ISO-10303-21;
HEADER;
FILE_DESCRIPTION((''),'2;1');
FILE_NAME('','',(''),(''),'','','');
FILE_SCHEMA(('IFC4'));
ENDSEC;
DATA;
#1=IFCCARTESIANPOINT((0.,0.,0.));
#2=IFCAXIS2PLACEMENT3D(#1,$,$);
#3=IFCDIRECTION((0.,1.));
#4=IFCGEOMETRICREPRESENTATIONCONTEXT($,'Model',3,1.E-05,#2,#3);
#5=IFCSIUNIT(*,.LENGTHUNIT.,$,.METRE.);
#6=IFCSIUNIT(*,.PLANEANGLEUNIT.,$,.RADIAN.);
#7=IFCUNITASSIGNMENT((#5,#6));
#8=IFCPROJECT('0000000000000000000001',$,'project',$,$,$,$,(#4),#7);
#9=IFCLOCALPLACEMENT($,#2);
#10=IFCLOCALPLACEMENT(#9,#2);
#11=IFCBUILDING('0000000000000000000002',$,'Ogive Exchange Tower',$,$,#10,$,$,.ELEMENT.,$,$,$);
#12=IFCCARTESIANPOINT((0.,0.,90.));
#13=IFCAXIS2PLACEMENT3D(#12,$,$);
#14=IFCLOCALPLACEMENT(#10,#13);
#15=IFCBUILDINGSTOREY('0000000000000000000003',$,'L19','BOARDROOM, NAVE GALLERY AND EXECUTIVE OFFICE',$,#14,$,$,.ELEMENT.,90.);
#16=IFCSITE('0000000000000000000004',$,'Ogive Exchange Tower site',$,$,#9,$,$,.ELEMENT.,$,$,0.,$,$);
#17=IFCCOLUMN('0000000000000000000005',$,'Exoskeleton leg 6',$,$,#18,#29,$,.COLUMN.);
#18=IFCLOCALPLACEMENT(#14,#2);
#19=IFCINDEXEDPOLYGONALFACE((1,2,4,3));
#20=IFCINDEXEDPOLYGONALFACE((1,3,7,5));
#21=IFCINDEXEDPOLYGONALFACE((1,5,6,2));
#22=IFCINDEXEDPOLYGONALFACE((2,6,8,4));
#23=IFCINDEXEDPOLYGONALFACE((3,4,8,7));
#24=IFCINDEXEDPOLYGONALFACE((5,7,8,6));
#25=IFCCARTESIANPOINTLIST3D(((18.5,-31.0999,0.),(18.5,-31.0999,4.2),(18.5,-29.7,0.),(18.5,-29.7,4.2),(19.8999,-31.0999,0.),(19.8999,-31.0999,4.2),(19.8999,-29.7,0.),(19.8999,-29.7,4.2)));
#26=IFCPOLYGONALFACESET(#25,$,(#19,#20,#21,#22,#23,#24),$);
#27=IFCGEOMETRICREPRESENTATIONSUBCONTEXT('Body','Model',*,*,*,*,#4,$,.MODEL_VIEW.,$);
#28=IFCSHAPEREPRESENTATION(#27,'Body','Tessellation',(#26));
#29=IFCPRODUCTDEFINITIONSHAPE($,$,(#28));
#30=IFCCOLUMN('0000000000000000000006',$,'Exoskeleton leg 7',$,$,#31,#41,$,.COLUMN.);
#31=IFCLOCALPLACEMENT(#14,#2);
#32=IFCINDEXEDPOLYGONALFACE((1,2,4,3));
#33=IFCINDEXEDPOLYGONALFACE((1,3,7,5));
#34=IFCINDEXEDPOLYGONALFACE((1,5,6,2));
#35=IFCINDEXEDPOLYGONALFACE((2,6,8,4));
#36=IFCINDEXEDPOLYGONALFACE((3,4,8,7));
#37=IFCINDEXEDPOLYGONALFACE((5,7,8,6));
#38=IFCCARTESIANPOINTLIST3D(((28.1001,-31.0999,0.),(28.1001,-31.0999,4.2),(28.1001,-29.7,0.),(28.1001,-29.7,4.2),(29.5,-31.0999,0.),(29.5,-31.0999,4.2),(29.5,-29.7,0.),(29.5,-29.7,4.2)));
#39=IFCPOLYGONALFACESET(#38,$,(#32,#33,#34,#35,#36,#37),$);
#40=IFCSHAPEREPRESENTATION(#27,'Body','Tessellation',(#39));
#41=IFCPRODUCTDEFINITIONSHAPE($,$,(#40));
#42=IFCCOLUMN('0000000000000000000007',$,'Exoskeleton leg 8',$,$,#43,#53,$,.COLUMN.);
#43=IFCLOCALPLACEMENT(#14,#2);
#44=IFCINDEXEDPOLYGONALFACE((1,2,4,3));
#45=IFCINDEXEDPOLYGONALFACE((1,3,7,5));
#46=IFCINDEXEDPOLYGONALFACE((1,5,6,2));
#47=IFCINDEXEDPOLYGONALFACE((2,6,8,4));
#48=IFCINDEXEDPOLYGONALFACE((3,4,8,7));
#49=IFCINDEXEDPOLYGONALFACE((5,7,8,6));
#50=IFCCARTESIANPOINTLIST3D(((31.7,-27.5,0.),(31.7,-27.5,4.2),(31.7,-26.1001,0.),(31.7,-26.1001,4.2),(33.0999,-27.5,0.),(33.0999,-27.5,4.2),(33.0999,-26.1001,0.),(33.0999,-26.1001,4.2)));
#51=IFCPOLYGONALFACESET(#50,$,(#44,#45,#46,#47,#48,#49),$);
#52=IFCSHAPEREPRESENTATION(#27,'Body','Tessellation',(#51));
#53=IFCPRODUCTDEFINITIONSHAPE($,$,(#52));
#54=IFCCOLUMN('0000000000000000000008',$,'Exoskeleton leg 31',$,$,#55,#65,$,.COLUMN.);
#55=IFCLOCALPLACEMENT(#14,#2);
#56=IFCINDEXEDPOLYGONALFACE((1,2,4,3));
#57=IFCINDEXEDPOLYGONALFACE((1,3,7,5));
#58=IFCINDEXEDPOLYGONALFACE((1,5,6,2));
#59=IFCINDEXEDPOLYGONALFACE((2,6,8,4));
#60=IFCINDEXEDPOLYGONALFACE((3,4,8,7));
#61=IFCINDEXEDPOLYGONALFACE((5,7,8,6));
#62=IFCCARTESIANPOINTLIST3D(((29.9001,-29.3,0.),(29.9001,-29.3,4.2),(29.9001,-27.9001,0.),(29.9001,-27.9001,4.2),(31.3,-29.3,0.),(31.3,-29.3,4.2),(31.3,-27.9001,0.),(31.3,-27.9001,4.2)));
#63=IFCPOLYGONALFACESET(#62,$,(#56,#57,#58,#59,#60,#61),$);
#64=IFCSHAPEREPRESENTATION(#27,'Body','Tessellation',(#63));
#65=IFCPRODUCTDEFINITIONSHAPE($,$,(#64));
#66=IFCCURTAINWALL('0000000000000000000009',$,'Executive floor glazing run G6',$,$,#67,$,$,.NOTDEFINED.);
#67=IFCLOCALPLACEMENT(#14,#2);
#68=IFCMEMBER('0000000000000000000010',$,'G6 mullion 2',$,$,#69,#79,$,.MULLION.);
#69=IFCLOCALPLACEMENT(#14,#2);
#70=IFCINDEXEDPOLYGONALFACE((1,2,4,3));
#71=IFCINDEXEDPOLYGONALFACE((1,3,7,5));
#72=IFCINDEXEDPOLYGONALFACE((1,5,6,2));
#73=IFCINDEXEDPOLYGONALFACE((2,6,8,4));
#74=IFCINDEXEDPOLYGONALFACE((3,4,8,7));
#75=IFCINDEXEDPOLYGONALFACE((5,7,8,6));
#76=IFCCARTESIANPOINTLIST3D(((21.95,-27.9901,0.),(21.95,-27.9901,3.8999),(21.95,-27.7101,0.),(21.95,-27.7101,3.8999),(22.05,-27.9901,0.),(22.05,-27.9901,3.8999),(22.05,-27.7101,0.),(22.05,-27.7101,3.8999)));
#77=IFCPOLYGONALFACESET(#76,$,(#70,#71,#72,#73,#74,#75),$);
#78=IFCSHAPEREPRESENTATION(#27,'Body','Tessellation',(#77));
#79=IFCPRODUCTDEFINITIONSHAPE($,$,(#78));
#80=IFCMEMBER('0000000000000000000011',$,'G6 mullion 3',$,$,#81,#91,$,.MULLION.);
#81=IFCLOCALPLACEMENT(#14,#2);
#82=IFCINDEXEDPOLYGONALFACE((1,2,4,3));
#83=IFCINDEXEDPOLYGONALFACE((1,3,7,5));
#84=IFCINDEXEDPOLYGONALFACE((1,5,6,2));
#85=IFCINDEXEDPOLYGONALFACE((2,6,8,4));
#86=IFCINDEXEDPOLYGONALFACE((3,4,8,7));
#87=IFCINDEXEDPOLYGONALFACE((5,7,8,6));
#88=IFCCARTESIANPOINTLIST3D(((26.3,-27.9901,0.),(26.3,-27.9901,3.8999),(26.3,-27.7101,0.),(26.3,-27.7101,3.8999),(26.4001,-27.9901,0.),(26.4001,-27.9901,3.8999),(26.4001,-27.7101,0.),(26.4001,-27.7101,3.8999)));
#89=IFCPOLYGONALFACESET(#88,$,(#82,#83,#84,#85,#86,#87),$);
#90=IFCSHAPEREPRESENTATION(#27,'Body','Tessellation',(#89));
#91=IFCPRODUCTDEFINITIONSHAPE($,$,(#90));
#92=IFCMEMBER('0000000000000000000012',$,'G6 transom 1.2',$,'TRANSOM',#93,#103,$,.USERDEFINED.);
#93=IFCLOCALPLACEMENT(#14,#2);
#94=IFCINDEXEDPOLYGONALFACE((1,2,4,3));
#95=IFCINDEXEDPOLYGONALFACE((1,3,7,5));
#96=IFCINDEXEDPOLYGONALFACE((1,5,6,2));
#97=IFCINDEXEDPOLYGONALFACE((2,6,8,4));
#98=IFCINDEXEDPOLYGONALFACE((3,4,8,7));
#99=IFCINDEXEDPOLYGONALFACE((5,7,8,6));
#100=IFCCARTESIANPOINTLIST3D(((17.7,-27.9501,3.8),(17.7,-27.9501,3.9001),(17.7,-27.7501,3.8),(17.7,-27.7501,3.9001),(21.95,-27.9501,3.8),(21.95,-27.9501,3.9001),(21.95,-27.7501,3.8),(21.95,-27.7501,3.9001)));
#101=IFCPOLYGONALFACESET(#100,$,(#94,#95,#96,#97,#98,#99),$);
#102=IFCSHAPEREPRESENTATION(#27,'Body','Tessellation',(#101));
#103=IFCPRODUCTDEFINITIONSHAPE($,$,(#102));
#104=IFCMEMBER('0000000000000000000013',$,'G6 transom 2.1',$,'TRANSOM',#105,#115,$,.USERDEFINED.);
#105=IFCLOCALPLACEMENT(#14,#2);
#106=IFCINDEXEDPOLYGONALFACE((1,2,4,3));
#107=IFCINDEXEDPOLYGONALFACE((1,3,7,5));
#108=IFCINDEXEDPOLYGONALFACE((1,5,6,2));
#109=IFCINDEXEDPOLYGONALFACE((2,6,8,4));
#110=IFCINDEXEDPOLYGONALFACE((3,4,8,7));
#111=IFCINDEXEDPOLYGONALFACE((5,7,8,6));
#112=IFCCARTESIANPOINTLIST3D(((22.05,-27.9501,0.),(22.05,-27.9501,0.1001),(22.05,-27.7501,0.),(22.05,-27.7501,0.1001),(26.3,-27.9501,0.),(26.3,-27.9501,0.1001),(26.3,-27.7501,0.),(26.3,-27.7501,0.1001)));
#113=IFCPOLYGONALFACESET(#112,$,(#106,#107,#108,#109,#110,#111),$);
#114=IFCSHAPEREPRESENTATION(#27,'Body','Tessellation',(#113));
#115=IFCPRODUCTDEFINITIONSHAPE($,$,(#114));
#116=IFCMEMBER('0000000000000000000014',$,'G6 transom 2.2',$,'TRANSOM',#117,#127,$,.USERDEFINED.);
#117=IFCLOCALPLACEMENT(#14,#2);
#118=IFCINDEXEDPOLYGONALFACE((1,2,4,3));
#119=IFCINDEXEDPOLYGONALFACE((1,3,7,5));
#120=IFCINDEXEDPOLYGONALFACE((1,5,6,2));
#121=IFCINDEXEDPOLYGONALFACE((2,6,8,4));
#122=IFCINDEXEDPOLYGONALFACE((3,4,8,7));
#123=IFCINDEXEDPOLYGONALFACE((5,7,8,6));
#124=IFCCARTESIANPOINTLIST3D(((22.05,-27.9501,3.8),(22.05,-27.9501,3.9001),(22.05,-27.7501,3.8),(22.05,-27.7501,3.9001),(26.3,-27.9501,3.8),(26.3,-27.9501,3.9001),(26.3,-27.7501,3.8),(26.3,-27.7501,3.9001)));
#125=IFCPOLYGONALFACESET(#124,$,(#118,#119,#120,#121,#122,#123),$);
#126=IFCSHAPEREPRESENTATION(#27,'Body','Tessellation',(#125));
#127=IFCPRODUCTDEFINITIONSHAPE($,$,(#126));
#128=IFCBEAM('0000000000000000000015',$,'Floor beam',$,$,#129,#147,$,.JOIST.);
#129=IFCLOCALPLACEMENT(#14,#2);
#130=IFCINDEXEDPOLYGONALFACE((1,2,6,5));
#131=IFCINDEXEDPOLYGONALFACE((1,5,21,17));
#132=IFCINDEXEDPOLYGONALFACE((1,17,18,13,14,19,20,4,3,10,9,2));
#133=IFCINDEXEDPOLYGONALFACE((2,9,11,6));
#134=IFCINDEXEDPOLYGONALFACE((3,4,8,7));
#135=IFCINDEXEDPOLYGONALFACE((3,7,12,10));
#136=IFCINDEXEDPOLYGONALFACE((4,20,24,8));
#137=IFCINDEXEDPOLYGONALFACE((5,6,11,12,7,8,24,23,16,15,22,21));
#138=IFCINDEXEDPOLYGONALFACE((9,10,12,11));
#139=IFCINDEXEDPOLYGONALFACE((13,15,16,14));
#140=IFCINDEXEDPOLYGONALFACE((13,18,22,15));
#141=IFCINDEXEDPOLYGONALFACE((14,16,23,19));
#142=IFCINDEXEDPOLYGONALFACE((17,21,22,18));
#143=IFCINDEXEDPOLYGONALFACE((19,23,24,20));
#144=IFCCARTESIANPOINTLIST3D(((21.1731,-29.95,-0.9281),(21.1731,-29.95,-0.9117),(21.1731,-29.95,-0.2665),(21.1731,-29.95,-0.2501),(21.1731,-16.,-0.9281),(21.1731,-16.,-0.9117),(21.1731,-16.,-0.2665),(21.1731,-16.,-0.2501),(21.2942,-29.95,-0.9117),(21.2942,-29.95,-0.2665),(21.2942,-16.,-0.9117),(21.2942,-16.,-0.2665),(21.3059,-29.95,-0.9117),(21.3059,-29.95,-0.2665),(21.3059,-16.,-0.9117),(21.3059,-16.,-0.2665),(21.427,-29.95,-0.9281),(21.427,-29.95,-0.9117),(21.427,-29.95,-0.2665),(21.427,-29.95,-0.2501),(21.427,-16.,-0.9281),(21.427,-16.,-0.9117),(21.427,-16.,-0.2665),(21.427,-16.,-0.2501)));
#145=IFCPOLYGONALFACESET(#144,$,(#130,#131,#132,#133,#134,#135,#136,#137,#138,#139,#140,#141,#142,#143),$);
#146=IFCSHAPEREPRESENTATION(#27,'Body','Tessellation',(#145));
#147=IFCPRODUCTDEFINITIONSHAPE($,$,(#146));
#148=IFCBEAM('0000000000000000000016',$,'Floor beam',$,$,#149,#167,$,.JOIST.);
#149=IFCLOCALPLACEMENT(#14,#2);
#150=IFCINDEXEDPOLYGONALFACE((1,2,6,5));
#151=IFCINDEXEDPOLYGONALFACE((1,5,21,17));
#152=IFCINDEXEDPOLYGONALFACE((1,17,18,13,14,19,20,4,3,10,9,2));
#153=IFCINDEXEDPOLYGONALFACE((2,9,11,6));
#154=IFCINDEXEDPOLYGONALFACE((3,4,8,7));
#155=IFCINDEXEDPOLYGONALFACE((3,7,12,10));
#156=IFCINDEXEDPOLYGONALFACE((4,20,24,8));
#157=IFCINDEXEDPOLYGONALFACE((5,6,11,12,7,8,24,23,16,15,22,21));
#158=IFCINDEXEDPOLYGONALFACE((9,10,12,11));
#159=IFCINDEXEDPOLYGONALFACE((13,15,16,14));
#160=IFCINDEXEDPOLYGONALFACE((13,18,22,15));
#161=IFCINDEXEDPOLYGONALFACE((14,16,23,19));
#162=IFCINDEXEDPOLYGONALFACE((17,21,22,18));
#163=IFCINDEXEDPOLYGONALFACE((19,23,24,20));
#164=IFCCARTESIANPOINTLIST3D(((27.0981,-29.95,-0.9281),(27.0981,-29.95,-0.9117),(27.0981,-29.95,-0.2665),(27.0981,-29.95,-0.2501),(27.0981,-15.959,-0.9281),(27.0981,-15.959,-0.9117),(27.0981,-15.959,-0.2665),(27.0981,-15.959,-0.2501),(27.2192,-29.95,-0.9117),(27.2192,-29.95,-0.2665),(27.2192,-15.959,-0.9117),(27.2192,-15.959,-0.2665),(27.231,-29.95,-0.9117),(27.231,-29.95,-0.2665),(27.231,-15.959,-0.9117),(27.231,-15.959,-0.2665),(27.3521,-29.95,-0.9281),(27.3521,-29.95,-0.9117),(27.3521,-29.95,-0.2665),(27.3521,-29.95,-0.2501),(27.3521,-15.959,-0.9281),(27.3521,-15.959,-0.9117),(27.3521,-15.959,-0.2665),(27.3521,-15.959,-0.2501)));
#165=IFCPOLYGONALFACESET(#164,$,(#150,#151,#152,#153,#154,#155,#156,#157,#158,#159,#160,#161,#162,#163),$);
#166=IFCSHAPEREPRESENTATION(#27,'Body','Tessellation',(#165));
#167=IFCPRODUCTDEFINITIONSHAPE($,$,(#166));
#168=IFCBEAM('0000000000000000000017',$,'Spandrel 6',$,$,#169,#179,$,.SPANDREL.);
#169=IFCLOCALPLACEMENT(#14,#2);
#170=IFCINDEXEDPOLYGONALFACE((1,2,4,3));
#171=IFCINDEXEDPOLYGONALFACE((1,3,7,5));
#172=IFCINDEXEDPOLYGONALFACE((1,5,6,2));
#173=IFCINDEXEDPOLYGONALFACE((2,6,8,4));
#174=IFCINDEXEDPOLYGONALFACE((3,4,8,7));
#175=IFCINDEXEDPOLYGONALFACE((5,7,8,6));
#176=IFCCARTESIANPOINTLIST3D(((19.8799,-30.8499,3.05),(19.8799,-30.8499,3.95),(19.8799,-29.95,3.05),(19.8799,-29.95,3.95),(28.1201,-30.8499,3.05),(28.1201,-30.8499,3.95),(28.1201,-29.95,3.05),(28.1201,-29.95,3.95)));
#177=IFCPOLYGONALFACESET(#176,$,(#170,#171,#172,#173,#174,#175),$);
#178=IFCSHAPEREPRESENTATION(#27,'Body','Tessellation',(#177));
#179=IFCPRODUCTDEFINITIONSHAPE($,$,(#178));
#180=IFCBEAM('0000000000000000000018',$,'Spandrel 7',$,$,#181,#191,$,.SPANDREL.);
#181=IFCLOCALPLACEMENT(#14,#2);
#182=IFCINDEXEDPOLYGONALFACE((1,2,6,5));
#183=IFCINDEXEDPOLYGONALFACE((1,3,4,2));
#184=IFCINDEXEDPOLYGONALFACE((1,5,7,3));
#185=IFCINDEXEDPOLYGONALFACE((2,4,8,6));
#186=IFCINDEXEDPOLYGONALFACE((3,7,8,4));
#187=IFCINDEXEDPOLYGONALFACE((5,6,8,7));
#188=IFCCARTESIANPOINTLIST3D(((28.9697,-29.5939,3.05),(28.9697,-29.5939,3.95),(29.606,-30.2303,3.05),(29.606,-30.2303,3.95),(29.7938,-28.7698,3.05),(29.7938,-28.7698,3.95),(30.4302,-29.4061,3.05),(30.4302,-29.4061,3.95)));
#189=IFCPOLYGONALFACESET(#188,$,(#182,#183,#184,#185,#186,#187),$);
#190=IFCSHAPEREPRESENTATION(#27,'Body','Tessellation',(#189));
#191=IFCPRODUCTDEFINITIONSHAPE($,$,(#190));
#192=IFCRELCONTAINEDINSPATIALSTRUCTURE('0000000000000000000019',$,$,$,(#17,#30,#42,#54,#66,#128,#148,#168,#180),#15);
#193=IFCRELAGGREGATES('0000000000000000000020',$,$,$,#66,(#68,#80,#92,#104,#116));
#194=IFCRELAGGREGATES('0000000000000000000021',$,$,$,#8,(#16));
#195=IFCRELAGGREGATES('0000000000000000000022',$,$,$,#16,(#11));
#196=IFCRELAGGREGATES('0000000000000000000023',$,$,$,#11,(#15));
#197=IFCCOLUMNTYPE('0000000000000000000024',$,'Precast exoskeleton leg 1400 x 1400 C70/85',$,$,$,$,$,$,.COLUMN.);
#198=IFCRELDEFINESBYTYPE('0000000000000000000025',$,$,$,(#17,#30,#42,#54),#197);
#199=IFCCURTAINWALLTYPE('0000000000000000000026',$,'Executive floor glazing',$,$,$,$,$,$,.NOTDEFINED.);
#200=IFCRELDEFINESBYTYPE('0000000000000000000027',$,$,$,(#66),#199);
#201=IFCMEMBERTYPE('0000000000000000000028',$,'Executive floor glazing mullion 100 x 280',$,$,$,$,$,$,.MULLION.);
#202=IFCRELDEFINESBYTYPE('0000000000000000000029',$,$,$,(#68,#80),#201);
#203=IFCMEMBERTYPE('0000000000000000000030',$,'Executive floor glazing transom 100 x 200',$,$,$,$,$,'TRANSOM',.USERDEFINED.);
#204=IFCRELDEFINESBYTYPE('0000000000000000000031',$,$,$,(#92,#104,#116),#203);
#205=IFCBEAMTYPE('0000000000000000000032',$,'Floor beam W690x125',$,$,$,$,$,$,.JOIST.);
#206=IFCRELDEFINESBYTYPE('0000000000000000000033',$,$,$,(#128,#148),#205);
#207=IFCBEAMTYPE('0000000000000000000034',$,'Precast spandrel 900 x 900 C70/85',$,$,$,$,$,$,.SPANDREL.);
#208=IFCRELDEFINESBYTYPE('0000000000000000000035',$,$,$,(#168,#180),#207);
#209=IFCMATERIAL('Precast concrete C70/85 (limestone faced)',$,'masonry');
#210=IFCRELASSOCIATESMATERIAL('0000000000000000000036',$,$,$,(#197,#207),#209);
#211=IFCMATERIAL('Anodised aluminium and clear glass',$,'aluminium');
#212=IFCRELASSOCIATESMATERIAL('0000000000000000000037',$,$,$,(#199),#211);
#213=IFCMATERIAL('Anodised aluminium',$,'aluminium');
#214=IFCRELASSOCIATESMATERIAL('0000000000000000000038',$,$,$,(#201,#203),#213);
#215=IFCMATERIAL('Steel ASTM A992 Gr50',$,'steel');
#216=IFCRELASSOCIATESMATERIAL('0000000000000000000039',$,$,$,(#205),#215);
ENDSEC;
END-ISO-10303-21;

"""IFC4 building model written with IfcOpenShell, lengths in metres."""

from ifc_helpers import new_model, si_unit, direction, frame, origin, origin_2d, place, context, subcontext, project, spatial, rectangle, i_section, extrude, material, material_profile, profile_set, type_object, element, aggregate, save


model = new_model("IFC4")

# Units and contexts
model_context = context("Model", 3, precision=1e-05, world=origin(), true_north=direction((0.0, 1.0)))
body_context = subcontext(model_context, "Body", "Model", "MODEL_VIEW")
ifc_project = project(units=[si_unit("LENGTHUNIT", "METRE"), si_unit("PLANEANGLEUNIT", "RADIAN")], contexts=[model_context])

# Site, building, storey
site_placement = place(None, origin())
site = spatial("IfcSite", under=ifc_project, at=site_placement, Name="Ogive Exchange Tower site", CompositionType="ELEMENT", RefElevation=0.0)
building_placement = place(site_placement, origin())
building = spatial("IfcBuilding", under=site, at=building_placement, Name="Ogive Exchange Tower", CompositionType="ELEMENT")
storey_placement = place(building_placement, frame((0.0, 0.0, 90.0)))
storey = spatial("IfcBuildingStorey", under=building, at=storey_placement, Name="L19", Description="BOARDROOM, NAVE GALLERY AND EXECUTIVE OFFICE", CompositionType="ELEMENT", Elevation=90.0)

# Columns
ifc_material_1 = material(Name="Precast concrete C70/85 (limestone faced)", Category="masonry")
ifc_material_profile_1 = material_profile(ifc_material_1, rectangle(XDim=1.3999, YDim=1.3999, at=origin_2d()), Name="1400 x 1400")
ifc_profile_set_1 = profile_set([ifc_material_profile_1], Name="Precast concrete C70/85 (limestone faced)")
column_type = type_object("IfcColumnType", Name="Precast exoskeleton leg 1400 x 1400 C70/85", PredefinedType="COLUMN", material=ifc_profile_set_1)
for number, where, z_axis, x_axis, name in (
    (1, (19.2, -30.3999, 0.0), (0.0, 0.0, 1.0), (1.0, 0.0, 0.0), "Exoskeleton leg 6"),
    (2, (28.8, -30.3999, 0.0), (0.0, 0.0, 1.0), (1.0, 0.0, 0.0), "Exoskeleton leg 7"),
    (3, (32.3999, -26.8, 0.0), (0.0, 0.0, 1.0), (1.0, 0.0, 0.0), "Exoskeleton leg 8"),
    (4, (30.6001, -28.6001, 0.0), (0.0, 0.0, 1.0), (1.0, 0.0, 0.0), "Exoskeleton leg 31"),
):
    element("IfcColumn", number, at=place(storey_placement, frame(where, z_axis=z_axis, x_axis=x_axis)), inside=storey, type_object=column_type, Name=name, PredefinedType="COLUMN", context=body_context, shape_type="SweptSolid", body=[
        extrude(rectangle(XDim=1.3999, YDim=1.3999, at=origin_2d()), origin(), (0.0, 0.0, 1.0), 4.2),
    ])

# Curtain wall, members
ifc_material_2 = material(Name="Anodised aluminium and clear glass", Category="aluminium")
curtain_wall_type = type_object("IfcCurtainWallType", Name="Executive floor glazing", PredefinedType="NOTDEFINED", material=ifc_material_2)
curtain_wall_placement = place(storey_placement, origin())
curtain_wall = element("IfcCurtainWall", 5, at=curtain_wall_placement, inside=storey, type_object=curtain_wall_type, Name="Executive floor glazing run G6", PredefinedType="NOTDEFINED")
ifc_material_3 = material(Name="Anodised aluminium", Category="aluminium")
ifc_material_profile_2 = material_profile(ifc_material_3, rectangle(XDim=0.28, YDim=0.1001, at=origin_2d()), Name="AL 100x280")
ifc_profile_set_2 = profile_set([ifc_material_profile_2], Name="Anodised aluminium")
member_type_1 = type_object("IfcMemberType", Name="Executive floor glazing mullion 100 x 280", PredefinedType="MULLION", material=ifc_profile_set_2)
member_1_placement = place(storey_placement, frame((22.0, -27.8501, 0.0), z_axis=(0.0, 0.0, 1.0), x_axis=(0.0, 1.0, 0.0)))
member_1 = element("IfcMember", 6, at=member_1_placement, type_object=member_type_1, Name="G6 mullion 2", PredefinedType="MULLION", context=body_context, shape_type="SweptSolid", body=[
    extrude(rectangle(XDim=0.28, YDim=0.1001, at=origin_2d()), origin(), (0.0, 0.0, 1.0), 3.8999),
])
member_2_placement = place(storey_placement, frame((26.3501, -27.8501, 0.0), z_axis=(0.0, 0.0, 1.0), x_axis=(0.0, 1.0, 0.0)))
member_2 = element("IfcMember", 7, at=member_2_placement, type_object=member_type_1, Name="G6 mullion 3", PredefinedType="MULLION", context=body_context, shape_type="SweptSolid", body=[
    extrude(rectangle(XDim=0.28, YDim=0.1001, at=origin_2d()), origin(), (0.0, 0.0, 1.0), 3.8999),
])
ifc_material_profile_3 = material_profile(ifc_material_3, rectangle(XDim=0.2, YDim=0.1001, at=origin_2d()), Name="AL 100x200")
ifc_profile_set_3 = profile_set([ifc_material_profile_3], Name="Anodised aluminium")
member_type_2 = type_object("IfcMemberType", Name="Executive floor glazing transom 100 x 200", ElementType="TRANSOM", PredefinedType="USERDEFINED", material=ifc_profile_set_3)
member_3_placement = place(storey_placement, frame((17.7, -27.8501, 3.8501), z_axis=(1.0, 0.0, 0.0), x_axis=(0.0, 1.0, 0.0)))
member_3 = element("IfcMember", 8, at=member_3_placement, type_object=member_type_2, Name="G6 transom 1.2", ObjectType="TRANSOM", PredefinedType="USERDEFINED", context=body_context, shape_type="SweptSolid", body=[
    extrude(rectangle(XDim=0.2, YDim=0.1001, at=origin_2d()), origin(), (0.0, 0.0, 1.0), 4.25),
])
member_4_placement = place(storey_placement, frame((22.05, -27.8501, 0.05), z_axis=(1.0, 0.0, 0.0), x_axis=(0.0, 1.0, 0.0)))
member_4 = element("IfcMember", 9, at=member_4_placement, type_object=member_type_2, Name="G6 transom 2.1", ObjectType="TRANSOM", PredefinedType="USERDEFINED", context=body_context, shape_type="SweptSolid", body=[
    extrude(rectangle(XDim=0.2, YDim=0.1001, at=origin_2d()), origin(), (0.0, 0.0, 1.0), 4.25),
])
member_5_placement = place(storey_placement, frame((22.05, -27.8501, 3.8501), z_axis=(1.0, 0.0, 0.0), x_axis=(0.0, 1.0, 0.0)))
member_5 = element("IfcMember", 10, at=member_5_placement, type_object=member_type_2, Name="G6 transom 2.2", ObjectType="TRANSOM", PredefinedType="USERDEFINED", context=body_context, shape_type="SweptSolid", body=[
    extrude(rectangle(XDim=0.2, YDim=0.1001, at=origin_2d()), origin(), (0.0, 0.0, 1.0), 4.25),
])

# Beams
ifc_material_4 = material(Name="Steel ASTM A992 Gr50", Category="steel")
ifc_material_profile_4 = material_profile(ifc_material_4, i_section(OverallWidth=0.2539, OverallDepth=0.678, WebThickness=0.0117, FlangeThickness=0.0164, at=origin_2d()), Name="W690x125")
ifc_profile_set_4 = profile_set([ifc_material_profile_4], Name="Steel ASTM A992 Gr50")
beam_type_1 = type_object("IfcBeamType", Name="Floor beam W690x125", PredefinedType="JOIST", material=ifc_profile_set_4)
beam_1_placement = place(storey_placement, frame((21.3, -29.95, -0.5891), z_axis=(0.0, 1.0, 0.0), x_axis=(-1.0, 0.0, 0.0)))
element("IfcBeam", 11, at=beam_1_placement, inside=storey, type_object=beam_type_1, Name="Floor beam", PredefinedType="JOIST", context=body_context, shape_type="SweptSolid", body=[
    extrude(i_section(OverallWidth=0.2539, OverallDepth=0.678, WebThickness=0.0117, FlangeThickness=0.0164, at=origin_2d()), origin(), (0.0, 0.0, 1.0), 13.95),
])
beam_2_placement = place(storey_placement, frame((27.2251, -29.95, -0.5891), z_axis=(0.0, 1.0, 0.0), x_axis=(-1.0, 0.0, 0.0)))
element("IfcBeam", 12, at=beam_2_placement, inside=storey, type_object=beam_type_1, Name="Floor beam", PredefinedType="JOIST", context=body_context, shape_type="SweptSolid", body=[
    extrude(i_section(OverallWidth=0.2539, OverallDepth=0.678, WebThickness=0.0117, FlangeThickness=0.0164, at=origin_2d()), origin(), (0.0, 0.0, 1.0), 13.991),
])
ifc_material_profile_5 = material_profile(ifc_material_1, rectangle(XDim=0.8999, YDim=0.8999, at=origin_2d()), Name="900 x 900")
ifc_profile_set_5 = profile_set([ifc_material_profile_5], Name="Precast concrete C70/85 (limestone faced)")
beam_type_2 = type_object("IfcBeamType", Name="Precast spandrel 900 x 900 C70/85", PredefinedType="SPANDREL", material=ifc_profile_set_5)
beam_3_placement = place(storey_placement, frame((19.8799, -30.3999, 3.5), z_axis=(1.0, 0.0, 0.0), x_axis=(0.0, 1.0, 0.0)))
element("IfcBeam", 13, at=beam_3_placement, inside=storey, type_object=beam_type_2, Name="Spandrel 6", PredefinedType="SPANDREL", context=body_context, shape_type="SweptSolid", body=[
    extrude(rectangle(XDim=0.8999, YDim=0.8999, at=origin_2d()), origin(), (0.0, 0.0, 1.0), 8.2402),
])
for number, where, z_axis, x_axis, name in (
    (14, (29.2878, -29.9121, 3.5), (0.707107, 0.707107, 0.0), (-0.707107, 0.707107, 0.0), "Spandrel 7"),
):
    element("IfcBeam", number, at=place(storey_placement, frame(where, z_axis=z_axis, x_axis=x_axis)), inside=storey, type_object=beam_type_2, Name=name, PredefinedType="SPANDREL", context=body_context, shape_type="SweptSolid", body=[
        extrude(rectangle(XDim=0.8999, YDim=0.8999, at=origin_2d()), origin(), (0.0, 0.0, 1.0), 1.1655),
    ])

aggregate(curtain_wall, [member_1, member_2, member_3, member_4, member_5])

save(model, "model.ifc")
